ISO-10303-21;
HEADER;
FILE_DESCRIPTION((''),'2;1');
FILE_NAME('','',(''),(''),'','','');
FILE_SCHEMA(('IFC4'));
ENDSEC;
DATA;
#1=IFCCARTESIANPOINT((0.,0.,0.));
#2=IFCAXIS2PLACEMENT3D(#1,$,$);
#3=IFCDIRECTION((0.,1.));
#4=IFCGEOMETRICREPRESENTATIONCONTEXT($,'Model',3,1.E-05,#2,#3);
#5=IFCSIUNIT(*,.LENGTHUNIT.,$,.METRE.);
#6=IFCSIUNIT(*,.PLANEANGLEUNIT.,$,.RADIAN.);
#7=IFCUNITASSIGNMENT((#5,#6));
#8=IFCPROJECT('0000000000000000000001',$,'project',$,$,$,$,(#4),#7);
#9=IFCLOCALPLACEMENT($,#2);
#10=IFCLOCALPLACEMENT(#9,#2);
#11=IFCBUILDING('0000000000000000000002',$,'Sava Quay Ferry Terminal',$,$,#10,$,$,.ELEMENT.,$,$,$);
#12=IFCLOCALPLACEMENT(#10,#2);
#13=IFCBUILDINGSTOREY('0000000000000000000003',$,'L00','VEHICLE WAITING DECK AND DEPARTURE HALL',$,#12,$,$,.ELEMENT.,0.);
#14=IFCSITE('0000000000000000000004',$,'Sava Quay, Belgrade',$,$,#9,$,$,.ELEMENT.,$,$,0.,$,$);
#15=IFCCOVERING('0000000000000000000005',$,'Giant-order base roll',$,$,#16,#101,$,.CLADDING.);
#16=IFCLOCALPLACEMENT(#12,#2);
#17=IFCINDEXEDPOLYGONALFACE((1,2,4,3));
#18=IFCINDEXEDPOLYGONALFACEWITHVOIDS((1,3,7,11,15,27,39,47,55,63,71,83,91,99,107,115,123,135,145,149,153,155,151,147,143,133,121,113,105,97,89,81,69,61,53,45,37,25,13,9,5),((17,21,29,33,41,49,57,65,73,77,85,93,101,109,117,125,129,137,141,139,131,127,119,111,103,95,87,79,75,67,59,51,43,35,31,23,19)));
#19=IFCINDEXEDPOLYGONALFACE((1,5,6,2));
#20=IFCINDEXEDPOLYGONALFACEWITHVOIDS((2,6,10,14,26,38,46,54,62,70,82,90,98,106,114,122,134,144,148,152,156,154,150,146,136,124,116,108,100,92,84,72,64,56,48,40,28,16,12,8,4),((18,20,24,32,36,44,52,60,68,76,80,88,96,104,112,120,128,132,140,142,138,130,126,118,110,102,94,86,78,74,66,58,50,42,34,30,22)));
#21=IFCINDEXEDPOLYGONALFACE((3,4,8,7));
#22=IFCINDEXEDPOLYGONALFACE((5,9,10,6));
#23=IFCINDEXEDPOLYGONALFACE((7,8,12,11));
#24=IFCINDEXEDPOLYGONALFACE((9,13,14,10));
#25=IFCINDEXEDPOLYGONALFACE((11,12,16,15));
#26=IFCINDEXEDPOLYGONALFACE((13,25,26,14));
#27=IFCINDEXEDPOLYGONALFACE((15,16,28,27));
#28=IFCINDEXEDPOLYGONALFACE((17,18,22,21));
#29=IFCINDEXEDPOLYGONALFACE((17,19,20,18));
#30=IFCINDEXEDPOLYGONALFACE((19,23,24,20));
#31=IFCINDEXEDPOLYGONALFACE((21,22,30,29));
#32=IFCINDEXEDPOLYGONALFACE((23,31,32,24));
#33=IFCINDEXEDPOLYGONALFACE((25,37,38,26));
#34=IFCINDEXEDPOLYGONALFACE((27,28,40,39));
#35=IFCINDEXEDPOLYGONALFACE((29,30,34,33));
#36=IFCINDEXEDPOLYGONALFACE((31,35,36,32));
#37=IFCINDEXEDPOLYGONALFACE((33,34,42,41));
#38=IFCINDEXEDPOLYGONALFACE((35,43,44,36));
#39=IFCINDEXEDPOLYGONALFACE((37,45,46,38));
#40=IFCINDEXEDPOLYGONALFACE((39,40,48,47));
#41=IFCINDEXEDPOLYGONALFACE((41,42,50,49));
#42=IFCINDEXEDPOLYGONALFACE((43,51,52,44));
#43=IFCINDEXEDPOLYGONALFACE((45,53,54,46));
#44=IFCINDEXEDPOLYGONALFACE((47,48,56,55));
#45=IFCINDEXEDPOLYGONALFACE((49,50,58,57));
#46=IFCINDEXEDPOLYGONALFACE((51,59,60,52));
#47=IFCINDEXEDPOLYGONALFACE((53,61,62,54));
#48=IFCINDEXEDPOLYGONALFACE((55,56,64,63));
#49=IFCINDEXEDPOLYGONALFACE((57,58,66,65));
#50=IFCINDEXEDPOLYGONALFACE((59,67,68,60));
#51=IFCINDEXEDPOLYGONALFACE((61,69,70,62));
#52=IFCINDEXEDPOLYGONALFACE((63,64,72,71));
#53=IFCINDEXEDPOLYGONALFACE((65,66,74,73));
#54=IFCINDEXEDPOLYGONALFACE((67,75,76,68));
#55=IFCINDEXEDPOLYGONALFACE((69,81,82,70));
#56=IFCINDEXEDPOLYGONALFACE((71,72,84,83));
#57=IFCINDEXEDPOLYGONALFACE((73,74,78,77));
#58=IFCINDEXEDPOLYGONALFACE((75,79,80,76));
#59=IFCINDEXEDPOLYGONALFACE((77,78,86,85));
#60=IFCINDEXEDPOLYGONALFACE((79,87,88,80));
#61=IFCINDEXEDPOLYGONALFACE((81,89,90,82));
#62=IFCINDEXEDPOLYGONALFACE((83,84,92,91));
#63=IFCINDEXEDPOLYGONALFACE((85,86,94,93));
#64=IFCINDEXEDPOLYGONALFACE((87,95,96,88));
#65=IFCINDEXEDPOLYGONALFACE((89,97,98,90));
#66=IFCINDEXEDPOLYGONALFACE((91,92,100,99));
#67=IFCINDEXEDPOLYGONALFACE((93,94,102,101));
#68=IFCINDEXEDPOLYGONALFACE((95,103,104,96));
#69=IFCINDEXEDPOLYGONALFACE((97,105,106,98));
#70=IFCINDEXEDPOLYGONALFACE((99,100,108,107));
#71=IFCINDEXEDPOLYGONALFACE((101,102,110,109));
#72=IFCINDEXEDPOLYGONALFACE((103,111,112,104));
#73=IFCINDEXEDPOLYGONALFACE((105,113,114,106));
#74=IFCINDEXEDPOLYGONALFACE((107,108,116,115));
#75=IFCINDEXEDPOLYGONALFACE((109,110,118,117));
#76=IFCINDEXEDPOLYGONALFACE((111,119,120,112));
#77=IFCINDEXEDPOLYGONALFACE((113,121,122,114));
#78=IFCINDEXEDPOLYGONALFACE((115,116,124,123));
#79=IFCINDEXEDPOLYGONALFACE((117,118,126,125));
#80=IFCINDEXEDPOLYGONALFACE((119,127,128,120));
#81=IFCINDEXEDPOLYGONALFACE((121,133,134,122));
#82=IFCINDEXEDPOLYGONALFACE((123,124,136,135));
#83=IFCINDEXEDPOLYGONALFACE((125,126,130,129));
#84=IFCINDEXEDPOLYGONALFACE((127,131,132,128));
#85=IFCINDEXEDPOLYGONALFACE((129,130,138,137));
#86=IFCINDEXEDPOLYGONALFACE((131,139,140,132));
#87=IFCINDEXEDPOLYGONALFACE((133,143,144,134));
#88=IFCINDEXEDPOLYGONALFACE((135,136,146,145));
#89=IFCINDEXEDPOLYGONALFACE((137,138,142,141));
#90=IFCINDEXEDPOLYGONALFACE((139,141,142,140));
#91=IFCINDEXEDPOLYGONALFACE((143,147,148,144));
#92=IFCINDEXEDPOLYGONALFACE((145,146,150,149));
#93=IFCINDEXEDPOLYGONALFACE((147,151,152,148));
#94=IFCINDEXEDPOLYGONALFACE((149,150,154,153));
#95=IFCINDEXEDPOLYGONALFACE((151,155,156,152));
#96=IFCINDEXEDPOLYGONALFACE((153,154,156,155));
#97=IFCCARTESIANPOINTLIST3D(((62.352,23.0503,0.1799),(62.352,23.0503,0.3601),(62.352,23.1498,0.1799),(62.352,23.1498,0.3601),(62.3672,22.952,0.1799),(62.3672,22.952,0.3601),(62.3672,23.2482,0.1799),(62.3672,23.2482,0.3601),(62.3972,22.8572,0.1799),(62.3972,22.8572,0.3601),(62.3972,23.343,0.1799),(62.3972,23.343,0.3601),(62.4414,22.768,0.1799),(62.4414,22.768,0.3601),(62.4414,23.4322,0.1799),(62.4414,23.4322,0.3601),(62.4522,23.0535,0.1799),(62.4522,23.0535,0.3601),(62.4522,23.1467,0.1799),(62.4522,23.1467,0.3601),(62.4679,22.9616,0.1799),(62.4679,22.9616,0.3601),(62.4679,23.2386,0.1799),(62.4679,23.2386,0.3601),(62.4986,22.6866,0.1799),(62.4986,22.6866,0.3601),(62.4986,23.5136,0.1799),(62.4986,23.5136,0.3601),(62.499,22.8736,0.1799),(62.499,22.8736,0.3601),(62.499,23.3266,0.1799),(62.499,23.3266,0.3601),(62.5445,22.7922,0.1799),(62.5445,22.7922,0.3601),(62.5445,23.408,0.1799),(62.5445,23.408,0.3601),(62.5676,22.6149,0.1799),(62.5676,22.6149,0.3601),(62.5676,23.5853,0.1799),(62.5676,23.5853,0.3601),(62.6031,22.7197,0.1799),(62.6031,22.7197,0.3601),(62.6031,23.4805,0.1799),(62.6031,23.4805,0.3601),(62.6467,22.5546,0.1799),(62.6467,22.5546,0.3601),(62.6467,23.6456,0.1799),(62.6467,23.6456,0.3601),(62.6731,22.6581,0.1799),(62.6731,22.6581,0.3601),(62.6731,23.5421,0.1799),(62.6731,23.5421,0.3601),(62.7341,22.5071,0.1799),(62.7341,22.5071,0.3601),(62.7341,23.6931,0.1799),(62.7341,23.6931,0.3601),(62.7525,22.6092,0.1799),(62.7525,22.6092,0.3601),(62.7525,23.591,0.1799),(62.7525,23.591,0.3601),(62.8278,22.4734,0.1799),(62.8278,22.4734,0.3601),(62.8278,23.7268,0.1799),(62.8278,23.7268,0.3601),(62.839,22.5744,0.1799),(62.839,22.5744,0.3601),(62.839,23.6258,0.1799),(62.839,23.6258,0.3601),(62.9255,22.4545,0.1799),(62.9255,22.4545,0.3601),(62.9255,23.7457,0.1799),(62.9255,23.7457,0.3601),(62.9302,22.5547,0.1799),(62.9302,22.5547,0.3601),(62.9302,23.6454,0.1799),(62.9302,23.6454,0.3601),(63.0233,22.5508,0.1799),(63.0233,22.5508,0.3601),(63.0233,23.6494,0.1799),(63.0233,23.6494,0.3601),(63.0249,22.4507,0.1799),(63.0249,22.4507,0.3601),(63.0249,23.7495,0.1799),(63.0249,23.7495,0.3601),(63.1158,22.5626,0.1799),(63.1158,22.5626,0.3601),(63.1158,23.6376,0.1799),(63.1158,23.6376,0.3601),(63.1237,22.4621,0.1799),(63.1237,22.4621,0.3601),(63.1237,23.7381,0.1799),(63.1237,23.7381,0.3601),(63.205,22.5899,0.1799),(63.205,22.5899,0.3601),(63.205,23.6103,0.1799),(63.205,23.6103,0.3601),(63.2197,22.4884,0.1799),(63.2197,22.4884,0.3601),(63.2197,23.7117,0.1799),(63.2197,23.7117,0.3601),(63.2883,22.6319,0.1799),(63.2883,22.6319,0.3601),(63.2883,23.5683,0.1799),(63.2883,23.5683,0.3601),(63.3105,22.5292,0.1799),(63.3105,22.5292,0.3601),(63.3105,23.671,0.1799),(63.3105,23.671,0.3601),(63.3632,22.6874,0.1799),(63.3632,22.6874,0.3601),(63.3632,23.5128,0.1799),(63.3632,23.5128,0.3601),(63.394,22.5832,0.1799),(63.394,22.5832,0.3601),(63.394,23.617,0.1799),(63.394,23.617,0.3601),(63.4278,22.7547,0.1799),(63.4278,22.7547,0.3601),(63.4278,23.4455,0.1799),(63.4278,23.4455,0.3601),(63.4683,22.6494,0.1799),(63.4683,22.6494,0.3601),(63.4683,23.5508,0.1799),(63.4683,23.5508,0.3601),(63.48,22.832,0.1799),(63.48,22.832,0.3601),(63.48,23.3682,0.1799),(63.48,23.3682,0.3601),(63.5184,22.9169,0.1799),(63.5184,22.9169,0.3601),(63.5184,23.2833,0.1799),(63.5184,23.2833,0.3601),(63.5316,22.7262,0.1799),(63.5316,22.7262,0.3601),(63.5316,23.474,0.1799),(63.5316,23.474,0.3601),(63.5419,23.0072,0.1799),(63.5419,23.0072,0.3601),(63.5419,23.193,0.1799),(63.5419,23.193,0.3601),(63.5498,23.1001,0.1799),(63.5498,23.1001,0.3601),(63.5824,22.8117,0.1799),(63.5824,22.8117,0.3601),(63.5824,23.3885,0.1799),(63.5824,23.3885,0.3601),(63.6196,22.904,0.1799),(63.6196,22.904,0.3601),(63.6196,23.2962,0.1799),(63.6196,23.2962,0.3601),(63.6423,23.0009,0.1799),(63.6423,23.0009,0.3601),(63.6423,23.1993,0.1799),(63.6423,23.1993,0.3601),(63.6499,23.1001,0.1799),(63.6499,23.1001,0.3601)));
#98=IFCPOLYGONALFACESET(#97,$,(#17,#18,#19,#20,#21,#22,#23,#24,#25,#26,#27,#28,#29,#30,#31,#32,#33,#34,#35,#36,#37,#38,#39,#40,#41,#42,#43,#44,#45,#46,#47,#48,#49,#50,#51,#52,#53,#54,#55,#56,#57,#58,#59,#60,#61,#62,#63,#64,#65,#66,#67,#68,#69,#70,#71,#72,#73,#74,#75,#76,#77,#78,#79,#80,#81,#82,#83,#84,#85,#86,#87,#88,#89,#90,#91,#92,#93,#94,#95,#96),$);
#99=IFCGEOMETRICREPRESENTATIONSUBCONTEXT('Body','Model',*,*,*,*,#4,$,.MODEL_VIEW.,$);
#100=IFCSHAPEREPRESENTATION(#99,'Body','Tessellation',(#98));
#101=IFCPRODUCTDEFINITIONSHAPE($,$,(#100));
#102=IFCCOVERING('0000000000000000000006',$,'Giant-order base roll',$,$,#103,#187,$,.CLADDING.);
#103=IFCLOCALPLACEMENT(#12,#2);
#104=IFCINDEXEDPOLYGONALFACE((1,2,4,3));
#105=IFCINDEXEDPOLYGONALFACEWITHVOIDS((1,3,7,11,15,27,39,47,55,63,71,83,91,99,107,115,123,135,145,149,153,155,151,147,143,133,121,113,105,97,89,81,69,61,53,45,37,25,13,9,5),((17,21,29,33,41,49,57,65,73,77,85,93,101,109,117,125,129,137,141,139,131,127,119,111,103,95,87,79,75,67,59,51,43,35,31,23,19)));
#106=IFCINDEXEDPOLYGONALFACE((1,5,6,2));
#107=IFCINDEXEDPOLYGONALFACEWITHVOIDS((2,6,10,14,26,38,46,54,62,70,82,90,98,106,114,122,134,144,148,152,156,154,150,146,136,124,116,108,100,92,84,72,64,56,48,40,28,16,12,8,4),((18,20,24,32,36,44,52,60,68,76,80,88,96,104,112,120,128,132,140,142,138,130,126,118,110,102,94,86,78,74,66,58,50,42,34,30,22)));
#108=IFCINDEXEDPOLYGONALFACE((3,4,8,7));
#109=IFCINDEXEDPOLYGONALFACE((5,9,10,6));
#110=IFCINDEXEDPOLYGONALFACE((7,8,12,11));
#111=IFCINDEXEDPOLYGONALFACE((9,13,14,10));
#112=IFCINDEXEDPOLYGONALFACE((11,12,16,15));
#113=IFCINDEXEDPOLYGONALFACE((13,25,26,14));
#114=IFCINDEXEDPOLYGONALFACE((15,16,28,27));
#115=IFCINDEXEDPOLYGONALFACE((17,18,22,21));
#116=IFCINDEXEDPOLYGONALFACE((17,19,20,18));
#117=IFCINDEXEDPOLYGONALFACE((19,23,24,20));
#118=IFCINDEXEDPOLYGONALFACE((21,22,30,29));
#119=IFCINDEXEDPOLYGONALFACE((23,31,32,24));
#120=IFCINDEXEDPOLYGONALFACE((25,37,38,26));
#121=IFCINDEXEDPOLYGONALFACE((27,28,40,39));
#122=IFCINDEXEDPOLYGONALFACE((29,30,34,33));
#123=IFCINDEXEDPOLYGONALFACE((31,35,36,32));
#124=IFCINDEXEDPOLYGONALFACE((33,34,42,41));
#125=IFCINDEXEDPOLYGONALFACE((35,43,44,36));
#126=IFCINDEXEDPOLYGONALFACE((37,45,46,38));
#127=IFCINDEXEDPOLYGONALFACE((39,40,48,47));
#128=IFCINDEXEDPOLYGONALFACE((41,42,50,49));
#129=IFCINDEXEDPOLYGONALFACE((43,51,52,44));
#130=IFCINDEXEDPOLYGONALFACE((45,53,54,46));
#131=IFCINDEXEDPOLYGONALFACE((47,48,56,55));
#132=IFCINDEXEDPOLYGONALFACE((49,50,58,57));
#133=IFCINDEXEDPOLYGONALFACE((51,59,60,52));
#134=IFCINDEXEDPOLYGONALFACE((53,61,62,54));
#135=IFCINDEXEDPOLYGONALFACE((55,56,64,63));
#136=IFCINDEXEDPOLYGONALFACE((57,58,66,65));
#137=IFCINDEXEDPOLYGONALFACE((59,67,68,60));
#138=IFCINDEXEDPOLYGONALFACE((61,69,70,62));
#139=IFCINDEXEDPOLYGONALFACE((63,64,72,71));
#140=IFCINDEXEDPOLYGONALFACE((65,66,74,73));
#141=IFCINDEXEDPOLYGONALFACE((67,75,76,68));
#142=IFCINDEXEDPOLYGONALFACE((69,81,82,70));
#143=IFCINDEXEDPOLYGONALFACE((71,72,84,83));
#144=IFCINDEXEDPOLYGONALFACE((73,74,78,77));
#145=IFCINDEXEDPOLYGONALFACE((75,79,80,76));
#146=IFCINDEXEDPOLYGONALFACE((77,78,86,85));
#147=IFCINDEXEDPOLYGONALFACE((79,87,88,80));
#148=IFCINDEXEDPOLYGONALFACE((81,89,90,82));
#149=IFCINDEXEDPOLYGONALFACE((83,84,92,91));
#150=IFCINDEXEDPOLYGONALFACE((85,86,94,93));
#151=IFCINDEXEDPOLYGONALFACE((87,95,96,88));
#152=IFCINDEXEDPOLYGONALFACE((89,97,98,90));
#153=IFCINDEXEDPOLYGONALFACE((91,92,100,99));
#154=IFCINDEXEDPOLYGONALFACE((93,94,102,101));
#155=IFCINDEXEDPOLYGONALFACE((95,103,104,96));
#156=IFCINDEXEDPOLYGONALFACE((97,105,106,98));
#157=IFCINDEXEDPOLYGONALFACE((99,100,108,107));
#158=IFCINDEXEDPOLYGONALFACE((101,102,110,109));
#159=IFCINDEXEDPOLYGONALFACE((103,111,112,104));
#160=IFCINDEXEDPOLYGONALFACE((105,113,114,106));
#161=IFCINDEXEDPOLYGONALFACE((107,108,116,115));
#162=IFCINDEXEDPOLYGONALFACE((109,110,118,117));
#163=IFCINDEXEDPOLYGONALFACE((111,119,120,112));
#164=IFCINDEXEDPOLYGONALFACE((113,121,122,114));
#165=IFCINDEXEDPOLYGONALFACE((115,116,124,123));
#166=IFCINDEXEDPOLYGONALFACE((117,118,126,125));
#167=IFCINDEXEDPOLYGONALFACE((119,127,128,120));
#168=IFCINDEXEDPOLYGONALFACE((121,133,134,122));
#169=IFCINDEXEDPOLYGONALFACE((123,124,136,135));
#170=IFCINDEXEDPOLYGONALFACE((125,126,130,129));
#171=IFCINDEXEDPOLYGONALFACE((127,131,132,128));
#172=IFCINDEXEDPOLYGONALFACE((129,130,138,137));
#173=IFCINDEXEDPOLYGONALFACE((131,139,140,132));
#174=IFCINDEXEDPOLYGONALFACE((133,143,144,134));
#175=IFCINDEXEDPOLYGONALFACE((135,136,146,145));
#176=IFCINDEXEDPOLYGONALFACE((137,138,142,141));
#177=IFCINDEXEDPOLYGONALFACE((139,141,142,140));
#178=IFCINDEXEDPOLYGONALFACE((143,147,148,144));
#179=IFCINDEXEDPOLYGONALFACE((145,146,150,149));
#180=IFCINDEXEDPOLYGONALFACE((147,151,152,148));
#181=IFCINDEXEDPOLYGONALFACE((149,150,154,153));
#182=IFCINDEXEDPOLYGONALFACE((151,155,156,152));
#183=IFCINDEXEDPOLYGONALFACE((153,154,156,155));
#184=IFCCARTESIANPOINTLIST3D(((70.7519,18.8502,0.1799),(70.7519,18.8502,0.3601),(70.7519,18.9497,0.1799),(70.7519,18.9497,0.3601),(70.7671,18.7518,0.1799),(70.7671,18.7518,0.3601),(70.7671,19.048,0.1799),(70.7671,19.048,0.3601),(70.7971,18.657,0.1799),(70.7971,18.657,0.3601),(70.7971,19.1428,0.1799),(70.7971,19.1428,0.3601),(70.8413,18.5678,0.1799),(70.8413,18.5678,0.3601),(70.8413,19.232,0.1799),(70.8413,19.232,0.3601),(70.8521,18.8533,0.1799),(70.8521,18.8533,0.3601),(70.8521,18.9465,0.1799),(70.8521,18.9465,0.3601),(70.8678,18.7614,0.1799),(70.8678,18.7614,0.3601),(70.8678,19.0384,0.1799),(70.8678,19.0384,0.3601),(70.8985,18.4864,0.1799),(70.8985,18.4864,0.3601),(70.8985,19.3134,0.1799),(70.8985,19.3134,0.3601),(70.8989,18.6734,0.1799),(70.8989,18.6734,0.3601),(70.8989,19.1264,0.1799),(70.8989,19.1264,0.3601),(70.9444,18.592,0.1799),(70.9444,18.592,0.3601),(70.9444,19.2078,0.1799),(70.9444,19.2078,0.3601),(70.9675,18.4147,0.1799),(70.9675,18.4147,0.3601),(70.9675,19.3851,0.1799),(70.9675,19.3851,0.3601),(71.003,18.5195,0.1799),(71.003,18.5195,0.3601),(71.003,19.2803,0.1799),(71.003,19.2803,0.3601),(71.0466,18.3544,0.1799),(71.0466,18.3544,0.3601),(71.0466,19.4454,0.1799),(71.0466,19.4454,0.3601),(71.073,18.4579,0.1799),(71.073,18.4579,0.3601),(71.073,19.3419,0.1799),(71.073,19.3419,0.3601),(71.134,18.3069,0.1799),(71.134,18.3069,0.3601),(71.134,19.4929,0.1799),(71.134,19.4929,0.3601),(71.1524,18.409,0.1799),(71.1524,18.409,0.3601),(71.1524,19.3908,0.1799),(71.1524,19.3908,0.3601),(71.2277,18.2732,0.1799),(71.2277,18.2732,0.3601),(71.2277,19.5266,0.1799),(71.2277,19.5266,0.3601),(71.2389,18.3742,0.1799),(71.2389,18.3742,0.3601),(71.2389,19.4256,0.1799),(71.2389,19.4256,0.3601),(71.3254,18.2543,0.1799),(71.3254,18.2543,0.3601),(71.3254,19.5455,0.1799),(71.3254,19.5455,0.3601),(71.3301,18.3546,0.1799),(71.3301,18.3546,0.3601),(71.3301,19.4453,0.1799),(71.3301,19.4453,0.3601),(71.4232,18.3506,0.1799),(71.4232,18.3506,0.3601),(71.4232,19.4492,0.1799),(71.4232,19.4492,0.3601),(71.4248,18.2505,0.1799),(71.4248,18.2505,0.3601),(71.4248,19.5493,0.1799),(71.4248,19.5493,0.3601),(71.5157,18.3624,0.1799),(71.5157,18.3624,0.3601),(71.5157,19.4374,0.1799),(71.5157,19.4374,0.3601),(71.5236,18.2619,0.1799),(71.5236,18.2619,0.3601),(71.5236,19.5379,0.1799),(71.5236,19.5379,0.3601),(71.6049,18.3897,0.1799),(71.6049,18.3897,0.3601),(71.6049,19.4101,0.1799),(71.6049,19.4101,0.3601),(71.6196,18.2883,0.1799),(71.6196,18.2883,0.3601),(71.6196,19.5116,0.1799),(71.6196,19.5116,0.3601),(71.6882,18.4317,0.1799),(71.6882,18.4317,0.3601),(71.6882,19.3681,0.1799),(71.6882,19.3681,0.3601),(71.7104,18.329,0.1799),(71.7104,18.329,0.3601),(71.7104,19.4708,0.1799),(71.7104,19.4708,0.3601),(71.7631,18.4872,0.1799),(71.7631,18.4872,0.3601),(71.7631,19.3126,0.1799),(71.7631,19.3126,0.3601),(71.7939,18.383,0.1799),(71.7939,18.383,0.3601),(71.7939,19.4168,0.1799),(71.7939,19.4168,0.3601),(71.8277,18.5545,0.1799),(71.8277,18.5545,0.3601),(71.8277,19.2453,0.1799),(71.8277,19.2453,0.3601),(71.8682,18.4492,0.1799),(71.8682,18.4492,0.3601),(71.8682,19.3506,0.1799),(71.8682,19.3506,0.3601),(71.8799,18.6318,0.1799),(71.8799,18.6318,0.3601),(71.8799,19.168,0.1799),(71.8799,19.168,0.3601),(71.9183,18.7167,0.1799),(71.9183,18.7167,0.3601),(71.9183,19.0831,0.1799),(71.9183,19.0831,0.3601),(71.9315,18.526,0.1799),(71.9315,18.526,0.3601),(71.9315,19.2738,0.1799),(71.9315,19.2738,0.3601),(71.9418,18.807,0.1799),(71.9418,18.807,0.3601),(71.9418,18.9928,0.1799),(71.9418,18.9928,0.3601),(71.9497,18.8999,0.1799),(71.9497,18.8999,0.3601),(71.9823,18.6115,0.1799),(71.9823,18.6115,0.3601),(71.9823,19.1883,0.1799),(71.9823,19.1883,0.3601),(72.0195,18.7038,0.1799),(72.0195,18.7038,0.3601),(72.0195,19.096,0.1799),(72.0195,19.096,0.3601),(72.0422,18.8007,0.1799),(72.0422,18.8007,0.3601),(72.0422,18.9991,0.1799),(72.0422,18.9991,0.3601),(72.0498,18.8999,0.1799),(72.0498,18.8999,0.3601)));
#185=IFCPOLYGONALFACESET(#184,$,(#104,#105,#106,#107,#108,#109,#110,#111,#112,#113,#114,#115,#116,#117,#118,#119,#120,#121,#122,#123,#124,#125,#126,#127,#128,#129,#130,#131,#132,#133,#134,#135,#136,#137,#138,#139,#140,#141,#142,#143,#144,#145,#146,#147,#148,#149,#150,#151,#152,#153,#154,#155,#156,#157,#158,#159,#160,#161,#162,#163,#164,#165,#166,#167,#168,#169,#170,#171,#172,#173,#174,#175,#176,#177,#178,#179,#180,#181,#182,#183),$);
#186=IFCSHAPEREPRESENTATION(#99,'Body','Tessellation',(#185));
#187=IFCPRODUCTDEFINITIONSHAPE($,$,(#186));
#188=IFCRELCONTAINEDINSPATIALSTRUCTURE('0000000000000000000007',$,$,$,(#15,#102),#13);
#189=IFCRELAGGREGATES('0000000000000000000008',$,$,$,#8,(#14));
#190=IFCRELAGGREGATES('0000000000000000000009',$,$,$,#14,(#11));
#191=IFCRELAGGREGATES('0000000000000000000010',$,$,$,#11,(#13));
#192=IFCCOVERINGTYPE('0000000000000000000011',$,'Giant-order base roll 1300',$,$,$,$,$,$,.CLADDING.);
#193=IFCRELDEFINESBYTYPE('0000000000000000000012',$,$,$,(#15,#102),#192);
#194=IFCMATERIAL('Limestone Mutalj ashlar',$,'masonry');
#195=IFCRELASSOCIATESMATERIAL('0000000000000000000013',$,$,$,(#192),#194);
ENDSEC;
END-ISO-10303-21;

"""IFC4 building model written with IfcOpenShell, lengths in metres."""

from ifc_helpers import new_model, si_unit, direction, frame, origin, origin_2d, place, context, subcontext, project, spatial, hollow_circle, extrude, material, material_profile, profile_set, type_object, element, save


model = new_model("IFC4")

# Units and contexts
model_context = context("Model", 3, precision=1e-05, world=origin(), true_north=direction((0.0, 1.0)))
body_context = subcontext(model_context, "Body", "Model", "MODEL_VIEW")
ifc_project = project(units=[si_unit("LENGTHUNIT", "METRE"), si_unit("PLANEANGLEUNIT", "RADIAN")], contexts=[model_context])

# Site, building, storey
site_placement = place(None, origin())
site = spatial("IfcSite", under=ifc_project, at=site_placement, Name="Sava Quay, Belgrade", CompositionType="ELEMENT", RefElevation=0.0)
building_placement = place(site_placement, origin())
building = spatial("IfcBuilding", under=site, at=building_placement, Name="Sava Quay Ferry Terminal", CompositionType="ELEMENT")
storey_placement = place(building_placement, origin())
storey = spatial("IfcBuildingStorey", under=building, at=storey_placement, Name="L00", Description="VEHICLE WAITING DECK AND DEPARTURE HALL", CompositionType="ELEMENT", Elevation=0.0)

# Coverings
ifc_material_1 = material(Name="Limestone Mutalj ashlar", Category="masonry")
ifc_material_profile_1 = material_profile(ifc_material_1, hollow_circle(Radius=0.6499, WallThickness=0.1001, at=origin_2d()), Name="Base roll 1300")
ifc_profile_set_1 = profile_set([ifc_material_profile_1], Name="Limestone Mutalj ashlar")
covering_type_1 = type_object("IfcCoveringType", Name="Giant-order base roll 1300", PredefinedType="CLADDING", material=ifc_profile_set_1)
for number, where, z_axis, x_axis, name in (
    (1, (63.0, 23.1001, 0.1799), (0.0, 0.0, 1.0), (1.0, 0.0, 0.0), "Giant-order base roll"),
    (2, (71.3999, 18.8999, 0.1799), (0.0, 0.0, 1.0), (1.0, 0.0, 0.0), "Giant-order base roll"),
):
    element("IfcCovering", number, at=place(storey_placement, frame(where, z_axis=z_axis, x_axis=x_axis)), inside=storey, type_object=covering_type_1, Name=name, PredefinedType="CLADDING", context=body_context, shape_type="SweptSolid", body=[
        extrude(hollow_circle(Radius=0.6499, WallThickness=0.1001, at=origin_2d()), origin(), (0.0, 0.0, 1.0), 0.1802),
    ])

save(model, "model.ifc")
